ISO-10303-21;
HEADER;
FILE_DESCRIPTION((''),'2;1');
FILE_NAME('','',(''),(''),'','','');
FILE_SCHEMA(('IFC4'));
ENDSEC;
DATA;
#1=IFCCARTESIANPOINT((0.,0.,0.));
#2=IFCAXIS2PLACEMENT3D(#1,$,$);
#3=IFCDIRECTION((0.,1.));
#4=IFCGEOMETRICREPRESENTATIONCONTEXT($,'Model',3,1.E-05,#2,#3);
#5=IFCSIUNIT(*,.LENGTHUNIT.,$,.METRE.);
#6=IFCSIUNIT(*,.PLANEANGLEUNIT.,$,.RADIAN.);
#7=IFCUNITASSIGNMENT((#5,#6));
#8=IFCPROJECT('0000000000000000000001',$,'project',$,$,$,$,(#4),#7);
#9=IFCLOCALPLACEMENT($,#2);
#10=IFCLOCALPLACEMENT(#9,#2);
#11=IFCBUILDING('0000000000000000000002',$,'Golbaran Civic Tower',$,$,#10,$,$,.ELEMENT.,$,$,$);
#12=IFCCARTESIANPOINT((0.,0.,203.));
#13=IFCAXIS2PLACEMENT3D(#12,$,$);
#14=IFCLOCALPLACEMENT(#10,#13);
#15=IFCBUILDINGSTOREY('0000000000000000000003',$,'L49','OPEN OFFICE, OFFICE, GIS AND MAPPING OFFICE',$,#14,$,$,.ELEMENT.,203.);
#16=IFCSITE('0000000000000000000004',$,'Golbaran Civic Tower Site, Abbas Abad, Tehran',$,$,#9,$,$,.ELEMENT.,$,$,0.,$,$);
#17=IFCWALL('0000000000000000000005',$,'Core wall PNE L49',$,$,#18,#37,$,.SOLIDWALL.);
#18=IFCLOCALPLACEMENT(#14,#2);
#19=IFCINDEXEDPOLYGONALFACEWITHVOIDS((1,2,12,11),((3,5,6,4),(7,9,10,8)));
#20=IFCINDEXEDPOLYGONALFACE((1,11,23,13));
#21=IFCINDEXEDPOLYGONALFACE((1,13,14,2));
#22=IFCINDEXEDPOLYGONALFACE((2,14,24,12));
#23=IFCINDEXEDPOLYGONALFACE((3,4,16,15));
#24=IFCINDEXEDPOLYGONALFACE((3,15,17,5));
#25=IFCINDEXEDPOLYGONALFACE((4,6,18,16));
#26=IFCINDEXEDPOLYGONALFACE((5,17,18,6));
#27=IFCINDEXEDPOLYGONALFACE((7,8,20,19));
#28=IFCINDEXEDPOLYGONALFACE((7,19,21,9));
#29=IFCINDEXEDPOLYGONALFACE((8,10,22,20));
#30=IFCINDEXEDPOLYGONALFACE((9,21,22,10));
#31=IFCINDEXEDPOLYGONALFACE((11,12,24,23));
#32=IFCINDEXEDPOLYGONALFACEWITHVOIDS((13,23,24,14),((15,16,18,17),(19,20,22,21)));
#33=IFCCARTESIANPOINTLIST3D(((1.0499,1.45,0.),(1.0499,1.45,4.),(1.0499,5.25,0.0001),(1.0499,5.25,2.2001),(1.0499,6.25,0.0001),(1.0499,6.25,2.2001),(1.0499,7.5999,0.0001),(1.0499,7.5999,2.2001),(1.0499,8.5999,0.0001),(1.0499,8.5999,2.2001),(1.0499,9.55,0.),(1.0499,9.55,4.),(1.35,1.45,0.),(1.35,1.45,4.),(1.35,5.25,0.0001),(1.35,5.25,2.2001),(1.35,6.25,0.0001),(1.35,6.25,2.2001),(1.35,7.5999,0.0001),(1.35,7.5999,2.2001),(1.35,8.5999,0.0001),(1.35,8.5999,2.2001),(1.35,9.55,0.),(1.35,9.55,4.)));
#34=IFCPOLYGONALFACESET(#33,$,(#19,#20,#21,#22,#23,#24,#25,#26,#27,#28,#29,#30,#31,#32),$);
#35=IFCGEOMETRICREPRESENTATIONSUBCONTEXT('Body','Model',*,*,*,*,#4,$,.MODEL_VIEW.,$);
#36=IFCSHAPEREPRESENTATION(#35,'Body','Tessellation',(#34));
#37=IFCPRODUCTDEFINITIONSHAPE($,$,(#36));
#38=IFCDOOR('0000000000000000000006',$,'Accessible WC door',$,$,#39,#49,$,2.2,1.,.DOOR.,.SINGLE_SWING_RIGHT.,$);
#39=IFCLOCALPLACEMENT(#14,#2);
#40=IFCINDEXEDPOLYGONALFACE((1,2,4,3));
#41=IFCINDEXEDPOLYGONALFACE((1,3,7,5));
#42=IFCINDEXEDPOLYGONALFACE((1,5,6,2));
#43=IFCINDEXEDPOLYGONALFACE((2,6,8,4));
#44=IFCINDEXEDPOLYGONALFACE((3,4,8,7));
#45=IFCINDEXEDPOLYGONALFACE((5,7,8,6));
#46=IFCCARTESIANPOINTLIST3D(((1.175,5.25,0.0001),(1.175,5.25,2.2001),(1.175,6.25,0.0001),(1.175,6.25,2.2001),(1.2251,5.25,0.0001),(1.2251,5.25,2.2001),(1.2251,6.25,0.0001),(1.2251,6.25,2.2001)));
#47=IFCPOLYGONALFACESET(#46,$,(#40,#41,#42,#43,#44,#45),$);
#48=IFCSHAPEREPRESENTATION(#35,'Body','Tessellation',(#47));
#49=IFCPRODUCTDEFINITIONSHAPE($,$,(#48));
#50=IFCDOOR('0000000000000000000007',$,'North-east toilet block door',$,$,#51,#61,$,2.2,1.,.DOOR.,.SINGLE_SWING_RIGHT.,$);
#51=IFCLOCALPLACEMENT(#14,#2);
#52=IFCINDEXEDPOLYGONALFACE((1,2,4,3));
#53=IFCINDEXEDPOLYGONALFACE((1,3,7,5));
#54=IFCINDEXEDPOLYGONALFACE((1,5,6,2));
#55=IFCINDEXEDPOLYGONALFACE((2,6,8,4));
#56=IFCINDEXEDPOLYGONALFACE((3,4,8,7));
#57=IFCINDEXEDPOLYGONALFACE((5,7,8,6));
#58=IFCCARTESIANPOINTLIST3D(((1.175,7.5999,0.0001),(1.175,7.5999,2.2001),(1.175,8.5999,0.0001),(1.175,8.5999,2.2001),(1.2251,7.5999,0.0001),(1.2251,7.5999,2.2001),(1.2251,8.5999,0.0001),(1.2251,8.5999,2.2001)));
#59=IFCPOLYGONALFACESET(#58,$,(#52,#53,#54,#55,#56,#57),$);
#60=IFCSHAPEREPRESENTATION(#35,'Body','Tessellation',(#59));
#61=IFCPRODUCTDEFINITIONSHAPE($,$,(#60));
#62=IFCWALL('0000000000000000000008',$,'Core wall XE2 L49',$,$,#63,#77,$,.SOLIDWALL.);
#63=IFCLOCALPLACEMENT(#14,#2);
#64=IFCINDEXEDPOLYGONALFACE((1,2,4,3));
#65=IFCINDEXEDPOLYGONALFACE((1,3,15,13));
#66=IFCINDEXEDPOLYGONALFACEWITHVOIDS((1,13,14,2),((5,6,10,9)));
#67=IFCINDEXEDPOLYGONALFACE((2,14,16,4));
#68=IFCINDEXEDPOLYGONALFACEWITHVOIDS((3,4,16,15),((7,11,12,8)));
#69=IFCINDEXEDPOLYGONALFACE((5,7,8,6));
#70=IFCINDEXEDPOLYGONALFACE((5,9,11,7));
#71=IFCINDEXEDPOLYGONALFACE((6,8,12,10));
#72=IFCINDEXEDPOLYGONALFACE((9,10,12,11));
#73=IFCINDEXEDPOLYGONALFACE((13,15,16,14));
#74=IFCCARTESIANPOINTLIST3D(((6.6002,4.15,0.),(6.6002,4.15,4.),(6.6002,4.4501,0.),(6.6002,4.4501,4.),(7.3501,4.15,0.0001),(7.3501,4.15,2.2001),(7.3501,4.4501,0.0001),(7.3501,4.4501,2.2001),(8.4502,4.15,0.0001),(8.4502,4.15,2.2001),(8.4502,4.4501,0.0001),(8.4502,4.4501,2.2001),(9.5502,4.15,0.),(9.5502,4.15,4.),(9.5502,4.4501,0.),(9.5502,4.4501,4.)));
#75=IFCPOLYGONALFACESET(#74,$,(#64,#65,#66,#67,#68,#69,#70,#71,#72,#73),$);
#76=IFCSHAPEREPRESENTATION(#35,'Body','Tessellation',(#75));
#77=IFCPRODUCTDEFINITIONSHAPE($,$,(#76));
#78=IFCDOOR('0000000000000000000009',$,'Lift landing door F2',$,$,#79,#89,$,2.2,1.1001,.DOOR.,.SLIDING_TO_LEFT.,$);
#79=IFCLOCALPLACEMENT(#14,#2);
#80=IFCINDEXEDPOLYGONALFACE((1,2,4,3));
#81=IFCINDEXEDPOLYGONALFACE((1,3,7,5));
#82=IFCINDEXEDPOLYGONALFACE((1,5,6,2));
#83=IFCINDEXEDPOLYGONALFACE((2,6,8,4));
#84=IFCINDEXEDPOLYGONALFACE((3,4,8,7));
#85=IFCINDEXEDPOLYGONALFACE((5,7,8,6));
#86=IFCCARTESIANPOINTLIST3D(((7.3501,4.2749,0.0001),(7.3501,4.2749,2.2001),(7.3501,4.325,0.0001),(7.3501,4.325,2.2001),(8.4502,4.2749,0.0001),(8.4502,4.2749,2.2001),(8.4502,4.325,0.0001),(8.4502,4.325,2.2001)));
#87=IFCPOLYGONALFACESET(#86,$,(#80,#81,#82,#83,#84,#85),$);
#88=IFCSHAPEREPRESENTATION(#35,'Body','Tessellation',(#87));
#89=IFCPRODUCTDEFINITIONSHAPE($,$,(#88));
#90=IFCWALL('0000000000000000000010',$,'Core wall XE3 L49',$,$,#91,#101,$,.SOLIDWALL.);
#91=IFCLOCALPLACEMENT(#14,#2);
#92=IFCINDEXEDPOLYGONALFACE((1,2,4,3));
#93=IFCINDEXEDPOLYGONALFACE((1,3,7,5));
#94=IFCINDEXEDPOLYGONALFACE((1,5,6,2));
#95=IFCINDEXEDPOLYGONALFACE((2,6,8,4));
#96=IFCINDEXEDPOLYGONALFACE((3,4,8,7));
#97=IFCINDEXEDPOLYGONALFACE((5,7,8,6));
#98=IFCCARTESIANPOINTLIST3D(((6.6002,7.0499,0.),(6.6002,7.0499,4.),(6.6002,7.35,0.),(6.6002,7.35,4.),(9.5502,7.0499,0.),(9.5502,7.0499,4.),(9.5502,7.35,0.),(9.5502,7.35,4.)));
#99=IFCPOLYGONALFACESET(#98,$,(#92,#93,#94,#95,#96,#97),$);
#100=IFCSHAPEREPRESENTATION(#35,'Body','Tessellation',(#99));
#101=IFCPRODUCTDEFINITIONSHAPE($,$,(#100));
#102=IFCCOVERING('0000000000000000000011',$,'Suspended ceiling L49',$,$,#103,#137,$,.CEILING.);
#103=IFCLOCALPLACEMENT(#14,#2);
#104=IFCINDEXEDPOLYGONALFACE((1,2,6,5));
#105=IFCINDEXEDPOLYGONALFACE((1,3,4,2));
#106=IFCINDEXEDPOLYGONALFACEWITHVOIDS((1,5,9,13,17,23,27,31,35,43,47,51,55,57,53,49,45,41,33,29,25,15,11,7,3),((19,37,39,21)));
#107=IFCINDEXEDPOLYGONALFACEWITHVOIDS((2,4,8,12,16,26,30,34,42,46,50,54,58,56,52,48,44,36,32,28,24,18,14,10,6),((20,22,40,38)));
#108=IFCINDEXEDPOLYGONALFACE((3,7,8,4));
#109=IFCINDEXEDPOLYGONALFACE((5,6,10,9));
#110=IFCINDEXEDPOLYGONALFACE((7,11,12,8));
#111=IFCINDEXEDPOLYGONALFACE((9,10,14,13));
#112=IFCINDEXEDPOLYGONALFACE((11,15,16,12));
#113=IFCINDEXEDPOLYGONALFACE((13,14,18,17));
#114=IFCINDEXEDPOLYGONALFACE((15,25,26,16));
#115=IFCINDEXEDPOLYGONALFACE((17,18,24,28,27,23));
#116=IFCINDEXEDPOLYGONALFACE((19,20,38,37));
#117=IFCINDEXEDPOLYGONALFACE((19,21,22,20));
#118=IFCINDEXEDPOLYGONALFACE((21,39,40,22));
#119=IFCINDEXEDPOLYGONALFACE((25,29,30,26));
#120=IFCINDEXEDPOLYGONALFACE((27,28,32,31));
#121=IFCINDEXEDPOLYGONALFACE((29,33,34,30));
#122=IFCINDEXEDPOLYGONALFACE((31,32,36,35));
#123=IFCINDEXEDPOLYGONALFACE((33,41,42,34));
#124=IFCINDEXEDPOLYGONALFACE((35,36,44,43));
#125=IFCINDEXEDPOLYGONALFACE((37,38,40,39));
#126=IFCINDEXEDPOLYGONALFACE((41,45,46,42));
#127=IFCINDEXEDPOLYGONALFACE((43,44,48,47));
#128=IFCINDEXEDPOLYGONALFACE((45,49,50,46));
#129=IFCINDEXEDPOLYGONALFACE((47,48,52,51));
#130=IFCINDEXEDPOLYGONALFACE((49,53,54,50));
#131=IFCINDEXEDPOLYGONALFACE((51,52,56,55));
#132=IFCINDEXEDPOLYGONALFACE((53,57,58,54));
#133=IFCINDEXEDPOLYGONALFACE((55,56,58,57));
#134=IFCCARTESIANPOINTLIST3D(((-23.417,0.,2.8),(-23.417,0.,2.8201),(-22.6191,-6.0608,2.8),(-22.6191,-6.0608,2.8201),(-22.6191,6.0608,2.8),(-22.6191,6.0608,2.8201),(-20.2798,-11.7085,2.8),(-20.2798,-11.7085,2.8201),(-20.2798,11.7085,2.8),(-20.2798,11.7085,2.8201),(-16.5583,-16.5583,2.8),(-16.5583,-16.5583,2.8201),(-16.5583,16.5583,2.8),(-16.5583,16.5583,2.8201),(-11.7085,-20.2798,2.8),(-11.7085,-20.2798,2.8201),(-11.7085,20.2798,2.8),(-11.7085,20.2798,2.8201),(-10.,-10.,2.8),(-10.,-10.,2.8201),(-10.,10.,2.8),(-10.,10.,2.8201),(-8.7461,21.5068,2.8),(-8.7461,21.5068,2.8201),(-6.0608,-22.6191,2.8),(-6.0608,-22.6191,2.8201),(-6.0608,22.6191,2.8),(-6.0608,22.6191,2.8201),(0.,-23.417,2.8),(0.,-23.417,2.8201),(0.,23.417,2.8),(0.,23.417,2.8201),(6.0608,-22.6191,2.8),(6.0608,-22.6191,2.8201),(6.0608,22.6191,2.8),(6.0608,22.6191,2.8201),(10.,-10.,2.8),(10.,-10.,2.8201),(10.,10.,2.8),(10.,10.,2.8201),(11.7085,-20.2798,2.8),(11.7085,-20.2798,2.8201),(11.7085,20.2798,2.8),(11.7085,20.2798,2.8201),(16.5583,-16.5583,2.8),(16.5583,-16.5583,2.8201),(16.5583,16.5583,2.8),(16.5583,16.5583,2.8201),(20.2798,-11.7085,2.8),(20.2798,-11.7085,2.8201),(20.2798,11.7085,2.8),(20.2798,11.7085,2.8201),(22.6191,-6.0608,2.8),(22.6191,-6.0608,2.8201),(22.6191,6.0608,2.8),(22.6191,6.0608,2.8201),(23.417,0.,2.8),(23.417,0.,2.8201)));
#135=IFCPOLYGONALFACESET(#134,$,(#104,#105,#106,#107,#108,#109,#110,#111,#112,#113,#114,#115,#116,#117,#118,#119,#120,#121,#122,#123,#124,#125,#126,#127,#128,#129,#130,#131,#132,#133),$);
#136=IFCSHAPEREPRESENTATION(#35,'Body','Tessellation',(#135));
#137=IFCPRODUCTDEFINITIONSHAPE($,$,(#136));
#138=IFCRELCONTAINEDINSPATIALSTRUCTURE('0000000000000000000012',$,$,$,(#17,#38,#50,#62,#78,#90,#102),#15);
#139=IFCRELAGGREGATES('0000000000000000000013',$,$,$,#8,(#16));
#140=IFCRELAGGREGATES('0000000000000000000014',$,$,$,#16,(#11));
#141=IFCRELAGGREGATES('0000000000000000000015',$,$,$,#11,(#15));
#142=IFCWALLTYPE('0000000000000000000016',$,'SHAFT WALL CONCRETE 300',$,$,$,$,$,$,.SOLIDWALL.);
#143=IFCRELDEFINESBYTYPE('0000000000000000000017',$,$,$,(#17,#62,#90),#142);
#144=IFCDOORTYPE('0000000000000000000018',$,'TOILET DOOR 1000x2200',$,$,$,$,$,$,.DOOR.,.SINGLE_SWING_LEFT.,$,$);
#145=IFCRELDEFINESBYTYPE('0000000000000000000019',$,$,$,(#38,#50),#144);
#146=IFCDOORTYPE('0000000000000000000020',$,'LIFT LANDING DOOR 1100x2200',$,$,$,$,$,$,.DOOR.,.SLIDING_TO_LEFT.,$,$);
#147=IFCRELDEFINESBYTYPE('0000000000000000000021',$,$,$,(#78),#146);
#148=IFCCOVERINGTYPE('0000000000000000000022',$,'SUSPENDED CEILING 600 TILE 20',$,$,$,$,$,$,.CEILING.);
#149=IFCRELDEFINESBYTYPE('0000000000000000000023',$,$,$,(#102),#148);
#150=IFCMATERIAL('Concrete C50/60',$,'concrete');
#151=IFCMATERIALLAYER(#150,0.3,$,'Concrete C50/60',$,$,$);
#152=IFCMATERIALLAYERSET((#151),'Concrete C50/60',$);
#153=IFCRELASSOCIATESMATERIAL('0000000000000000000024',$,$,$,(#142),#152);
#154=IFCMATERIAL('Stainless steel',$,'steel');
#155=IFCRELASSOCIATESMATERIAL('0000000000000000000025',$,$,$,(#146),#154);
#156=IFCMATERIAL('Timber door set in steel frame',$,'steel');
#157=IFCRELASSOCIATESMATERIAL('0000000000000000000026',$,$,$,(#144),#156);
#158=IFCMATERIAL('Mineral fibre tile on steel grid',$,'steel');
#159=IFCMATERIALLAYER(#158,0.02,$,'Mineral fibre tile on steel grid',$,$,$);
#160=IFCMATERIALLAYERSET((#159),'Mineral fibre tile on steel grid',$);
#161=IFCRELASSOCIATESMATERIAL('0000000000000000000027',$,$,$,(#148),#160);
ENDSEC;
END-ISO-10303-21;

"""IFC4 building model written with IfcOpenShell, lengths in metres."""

from ifc_helpers import new_model, si_unit, direction, frame, frame_2d, origin, place, context, subcontext, project, spatial, polyline, rectangle, outline, extrude, material, layer, layer_set, type_object, element, fill, save


model = new_model("IFC4")

# Units and contexts
model_context = context("Model", 3, precision=1e-05, world=origin(), true_north=direction((0.0, 1.0)))
body_context = subcontext(model_context, "Body", "Model", "MODEL_VIEW")
ifc_project = project(units=[si_unit("LENGTHUNIT", "METRE"), si_unit("PLANEANGLEUNIT", "RADIAN")], contexts=[model_context])

# Site, building, storey
site_placement = place(None, origin())
site = spatial("IfcSite", under=ifc_project, at=site_placement, Name="Golbaran Civic Tower Site, Abbas Abad, Tehran", CompositionType="ELEMENT", RefElevation=0.0)
building_placement = place(site_placement, origin())
building = spatial("IfcBuilding", under=site, at=building_placement, Name="Golbaran Civic Tower", CompositionType="ELEMENT")
storey_placement = place(building_placement, frame((0.0, 0.0, 203.0)))
storey = spatial("IfcBuildingStorey", under=building, at=storey_placement, Name="L49", Description="OPEN OFFICE, OFFICE, GIS AND MAPPING OFFICE", CompositionType="ELEMENT", Elevation=203.0)

# Shared definitions
ifc_material_1 = material(Name="Concrete C50/60", Category="concrete")
ifc_layer_1 = layer(ifc_material_1, 0.3, Name="Concrete C50/60")
ifc_layer_set_1 = layer_set([ifc_layer_1], Name="Concrete C50/60")
wall_type_1 = type_object("IfcWallType", Name="SHAFT WALL CONCRETE 300", PredefinedType="SOLIDWALL", material=ifc_layer_set_1)
ifc_material_2 = material(Name="Stainless steel", Category="steel")
door_type_1 = type_object("IfcDoorType", Name="LIFT LANDING DOOR 1100x2200", OperationType="SLIDING_TO_LEFT", PredefinedType="DOOR", material=ifc_material_2)

# Wall, openings, doors
wall_1_placement = place(storey_placement, frame((1.2, 1.45, 0.0), z_axis=(0.0, 0.0, 1.0), x_axis=(0.0, 1.0, 0.0)))
wall_1 = element("IfcWall", 1, at=wall_1_placement, inside=storey, type_object=wall_type_1, Name="Core wall PNE L49", PredefinedType="SOLIDWALL", context=body_context, shape_type="SweptSolid", body=[
    extrude(rectangle(XDim=8.1001, YDim=0.3, at=frame_2d((4.05, 0.0))), origin(), (0.0, 0.0, 1.0), 4.0),
])
opening_1_placement = place(wall_1_placement, frame((3.8, 0.0, 0.0)))
opening_1 = element("IfcOpeningElement", 2, at=opening_1_placement, cuts=wall_1, PredefinedType="OPENING", context=body_context, shape_type="SweptSolid", body=[
    extrude(rectangle(XDim=1.0, YDim=2.2, at=frame_2d((0.5, 1.1001))), frame((0.0, 0.1599, 0.0), z_axis=(0.0, -1.0, 0.0), x_axis=(1.0, 0.0, 0.0)), (0.0, 0.0, 1.0), 0.3201),
])
opening_2_placement = place(wall_1_placement, frame((6.1499, 0.0, 0.0)))
opening_2 = element("IfcOpeningElement", 3, at=opening_2_placement, cuts=wall_1, PredefinedType="OPENING", context=body_context, shape_type="SweptSolid", body=[
    extrude(rectangle(XDim=1.0, YDim=2.2, at=frame_2d((0.5, 1.1001))), frame((0.0, 0.1599, 0.0), z_axis=(0.0, -1.0, 0.0), x_axis=(1.0, 0.0, 0.0)), (0.0, 0.0, 1.0), 0.3201),
])
ifc_material_3 = material(Name="Timber door set in steel frame", Category="steel")
door_type_2 = type_object("IfcDoorType", Name="TOILET DOOR 1000x2200", OperationType="SINGLE_SWING_LEFT", PredefinedType="DOOR", material=ifc_material_3)
door_1_placement = place(opening_1_placement, origin())
door_1 = element("IfcDoor", 4, at=door_1_placement, inside=storey, type_object=door_type_2, Name="Accessible WC door", OperationType="SINGLE_SWING_RIGHT", OverallHeight=2.2, OverallWidth=1.0, PredefinedType="DOOR", context=body_context, shape_type="SweptSolid", body=[
    extrude(rectangle(XDim=1.0, YDim=2.2, at=frame_2d((0.5, 1.1001))), frame((0.0, 0.0249, 0.0), z_axis=(0.0, -1.0, 0.0), x_axis=(1.0, 0.0, 0.0)), (0.0, 0.0, 1.0), 0.05),
])
fill(opening_1, door_1)
door_2_placement = place(opening_2_placement, origin())
door_2 = element("IfcDoor", 5, at=door_2_placement, inside=storey, type_object=door_type_2, Name="North-east toilet block door", OperationType="SINGLE_SWING_RIGHT", OverallHeight=2.2, OverallWidth=1.0, PredefinedType="DOOR", context=body_context, shape_type="SweptSolid", body=[
    extrude(rectangle(XDim=1.0, YDim=2.2, at=frame_2d((0.5, 1.1001))), frame((0.0, 0.0249, 0.0), z_axis=(0.0, -1.0, 0.0), x_axis=(1.0, 0.0, 0.0)), (0.0, 0.0, 1.0), 0.05),
])
fill(opening_2, door_2)

# Wall, opening, door
wall_2_placement = place(storey_placement, frame((6.6001, 4.3, 0.0), z_axis=(0.0, 0.0, 1.0), x_axis=(1.0, 0.0, 0.0)))
wall_2 = element("IfcWall", 6, at=wall_2_placement, inside=storey, type_object=wall_type_1, Name="Core wall XE2 L49", PredefinedType="SOLIDWALL", context=body_context, shape_type="SweptSolid", body=[
    extrude(rectangle(XDim=2.95, YDim=0.3, at=frame_2d((1.4751, 0.0))), origin(), (0.0, 0.0, 1.0), 4.0),
])
opening_3_placement = place(wall_2_placement, frame((0.75, 0.0, 0.0)))
opening_3 = element("IfcOpeningElement", 7, at=opening_3_placement, cuts=wall_2, PredefinedType="OPENING", context=body_context, shape_type="SweptSolid", body=[
    extrude(rectangle(XDim=1.1001, YDim=2.2, at=frame_2d((0.55, 1.1001))), frame((0.0, 0.1599, 0.0), z_axis=(0.0, -1.0, 0.0), x_axis=(1.0, 0.0, 0.0)), (0.0, 0.0, 1.0), 0.3201),
])
door_3_placement = place(opening_3_placement, origin())
door_3 = element("IfcDoor", 8, at=door_3_placement, inside=storey, type_object=door_type_1, Name="Lift landing door F2", OperationType="SLIDING_TO_LEFT", OverallHeight=2.2, OverallWidth=1.1001, PredefinedType="DOOR", context=body_context, shape_type="SweptSolid", body=[
    extrude(rectangle(XDim=1.1001, YDim=2.2, at=frame_2d((0.55, 1.1001))), frame((0.0, 0.0249, 0.0), z_axis=(0.0, -1.0, 0.0), x_axis=(1.0, 0.0, 0.0)), (0.0, 0.0, 1.0), 0.05),
])
fill(opening_3, door_3)

# Wall
wall_3_placement = place(storey_placement, frame((6.6001, 7.2, 0.0), z_axis=(0.0, 0.0, 1.0), x_axis=(1.0, 0.0, 0.0)))
element("IfcWall", 9, at=wall_3_placement, inside=storey, type_object=wall_type_1, Name="Core wall XE3 L49", PredefinedType="SOLIDWALL", context=body_context, shape_type="SweptSolid", body=[
    extrude(rectangle(XDim=2.95, YDim=0.3, at=frame_2d((1.4751, 0.0))), origin(), (0.0, 0.0, 1.0), 4.0),
])

# Covering
ifc_material_4 = material(Name="Mineral fibre tile on steel grid", Category="steel")
ifc_layer_2 = layer(ifc_material_4, 0.02, Name="Mineral fibre tile on steel grid")
ifc_layer_set_2 = layer_set([ifc_layer_2], Name="Mineral fibre tile on steel grid")
covering_type = type_object("IfcCoveringType", Name="SUSPENDED CEILING 600 TILE 20", PredefinedType="CEILING", material=ifc_layer_set_2)
covering_placement = place(storey_placement, frame((0.0, 0.0, 2.8)))
element("IfcCovering", 10, at=covering_placement, inside=storey, type_object=covering_type, Name="Suspended ceiling L49", PredefinedType="CEILING", context=body_context, shape_type="SweptSolid", body=[
    extrude(outline(polyline([(-22.6191, 6.0608), (-20.2798, 11.7085), (-16.5583, 16.5583), (-11.7085, 20.2798), (-8.7461, 21.5068), (-6.0608, 22.6191), (0.0, 23.417), (6.0608, 22.6191), (11.7085, 20.2798), (16.5583, 16.5583), (20.2798, 11.7085), (22.6191, 6.0608), (23.417, 0.0), (22.6191, -6.0608), (20.2798, -11.7085), (16.5583, -16.5583), (11.7085, -20.2798), (6.0608, -22.6191), (0.0, -23.417), (-6.0608, -22.6191), (-11.7085, -20.2798), (-16.5583, -16.5583), (-20.2798, -11.7085), (-22.6191, -6.0608), (-23.417, 0.0), (-22.6191, 6.0608)]), holes=[polyline([(10.0, 10.0), (-10.0, 10.0), (-10.0, -10.0), (10.0, -10.0), (10.0, 10.0)])]), origin(), (0.0, 0.0, 1.0), 0.02),
])

save(model, "model.ifc")
